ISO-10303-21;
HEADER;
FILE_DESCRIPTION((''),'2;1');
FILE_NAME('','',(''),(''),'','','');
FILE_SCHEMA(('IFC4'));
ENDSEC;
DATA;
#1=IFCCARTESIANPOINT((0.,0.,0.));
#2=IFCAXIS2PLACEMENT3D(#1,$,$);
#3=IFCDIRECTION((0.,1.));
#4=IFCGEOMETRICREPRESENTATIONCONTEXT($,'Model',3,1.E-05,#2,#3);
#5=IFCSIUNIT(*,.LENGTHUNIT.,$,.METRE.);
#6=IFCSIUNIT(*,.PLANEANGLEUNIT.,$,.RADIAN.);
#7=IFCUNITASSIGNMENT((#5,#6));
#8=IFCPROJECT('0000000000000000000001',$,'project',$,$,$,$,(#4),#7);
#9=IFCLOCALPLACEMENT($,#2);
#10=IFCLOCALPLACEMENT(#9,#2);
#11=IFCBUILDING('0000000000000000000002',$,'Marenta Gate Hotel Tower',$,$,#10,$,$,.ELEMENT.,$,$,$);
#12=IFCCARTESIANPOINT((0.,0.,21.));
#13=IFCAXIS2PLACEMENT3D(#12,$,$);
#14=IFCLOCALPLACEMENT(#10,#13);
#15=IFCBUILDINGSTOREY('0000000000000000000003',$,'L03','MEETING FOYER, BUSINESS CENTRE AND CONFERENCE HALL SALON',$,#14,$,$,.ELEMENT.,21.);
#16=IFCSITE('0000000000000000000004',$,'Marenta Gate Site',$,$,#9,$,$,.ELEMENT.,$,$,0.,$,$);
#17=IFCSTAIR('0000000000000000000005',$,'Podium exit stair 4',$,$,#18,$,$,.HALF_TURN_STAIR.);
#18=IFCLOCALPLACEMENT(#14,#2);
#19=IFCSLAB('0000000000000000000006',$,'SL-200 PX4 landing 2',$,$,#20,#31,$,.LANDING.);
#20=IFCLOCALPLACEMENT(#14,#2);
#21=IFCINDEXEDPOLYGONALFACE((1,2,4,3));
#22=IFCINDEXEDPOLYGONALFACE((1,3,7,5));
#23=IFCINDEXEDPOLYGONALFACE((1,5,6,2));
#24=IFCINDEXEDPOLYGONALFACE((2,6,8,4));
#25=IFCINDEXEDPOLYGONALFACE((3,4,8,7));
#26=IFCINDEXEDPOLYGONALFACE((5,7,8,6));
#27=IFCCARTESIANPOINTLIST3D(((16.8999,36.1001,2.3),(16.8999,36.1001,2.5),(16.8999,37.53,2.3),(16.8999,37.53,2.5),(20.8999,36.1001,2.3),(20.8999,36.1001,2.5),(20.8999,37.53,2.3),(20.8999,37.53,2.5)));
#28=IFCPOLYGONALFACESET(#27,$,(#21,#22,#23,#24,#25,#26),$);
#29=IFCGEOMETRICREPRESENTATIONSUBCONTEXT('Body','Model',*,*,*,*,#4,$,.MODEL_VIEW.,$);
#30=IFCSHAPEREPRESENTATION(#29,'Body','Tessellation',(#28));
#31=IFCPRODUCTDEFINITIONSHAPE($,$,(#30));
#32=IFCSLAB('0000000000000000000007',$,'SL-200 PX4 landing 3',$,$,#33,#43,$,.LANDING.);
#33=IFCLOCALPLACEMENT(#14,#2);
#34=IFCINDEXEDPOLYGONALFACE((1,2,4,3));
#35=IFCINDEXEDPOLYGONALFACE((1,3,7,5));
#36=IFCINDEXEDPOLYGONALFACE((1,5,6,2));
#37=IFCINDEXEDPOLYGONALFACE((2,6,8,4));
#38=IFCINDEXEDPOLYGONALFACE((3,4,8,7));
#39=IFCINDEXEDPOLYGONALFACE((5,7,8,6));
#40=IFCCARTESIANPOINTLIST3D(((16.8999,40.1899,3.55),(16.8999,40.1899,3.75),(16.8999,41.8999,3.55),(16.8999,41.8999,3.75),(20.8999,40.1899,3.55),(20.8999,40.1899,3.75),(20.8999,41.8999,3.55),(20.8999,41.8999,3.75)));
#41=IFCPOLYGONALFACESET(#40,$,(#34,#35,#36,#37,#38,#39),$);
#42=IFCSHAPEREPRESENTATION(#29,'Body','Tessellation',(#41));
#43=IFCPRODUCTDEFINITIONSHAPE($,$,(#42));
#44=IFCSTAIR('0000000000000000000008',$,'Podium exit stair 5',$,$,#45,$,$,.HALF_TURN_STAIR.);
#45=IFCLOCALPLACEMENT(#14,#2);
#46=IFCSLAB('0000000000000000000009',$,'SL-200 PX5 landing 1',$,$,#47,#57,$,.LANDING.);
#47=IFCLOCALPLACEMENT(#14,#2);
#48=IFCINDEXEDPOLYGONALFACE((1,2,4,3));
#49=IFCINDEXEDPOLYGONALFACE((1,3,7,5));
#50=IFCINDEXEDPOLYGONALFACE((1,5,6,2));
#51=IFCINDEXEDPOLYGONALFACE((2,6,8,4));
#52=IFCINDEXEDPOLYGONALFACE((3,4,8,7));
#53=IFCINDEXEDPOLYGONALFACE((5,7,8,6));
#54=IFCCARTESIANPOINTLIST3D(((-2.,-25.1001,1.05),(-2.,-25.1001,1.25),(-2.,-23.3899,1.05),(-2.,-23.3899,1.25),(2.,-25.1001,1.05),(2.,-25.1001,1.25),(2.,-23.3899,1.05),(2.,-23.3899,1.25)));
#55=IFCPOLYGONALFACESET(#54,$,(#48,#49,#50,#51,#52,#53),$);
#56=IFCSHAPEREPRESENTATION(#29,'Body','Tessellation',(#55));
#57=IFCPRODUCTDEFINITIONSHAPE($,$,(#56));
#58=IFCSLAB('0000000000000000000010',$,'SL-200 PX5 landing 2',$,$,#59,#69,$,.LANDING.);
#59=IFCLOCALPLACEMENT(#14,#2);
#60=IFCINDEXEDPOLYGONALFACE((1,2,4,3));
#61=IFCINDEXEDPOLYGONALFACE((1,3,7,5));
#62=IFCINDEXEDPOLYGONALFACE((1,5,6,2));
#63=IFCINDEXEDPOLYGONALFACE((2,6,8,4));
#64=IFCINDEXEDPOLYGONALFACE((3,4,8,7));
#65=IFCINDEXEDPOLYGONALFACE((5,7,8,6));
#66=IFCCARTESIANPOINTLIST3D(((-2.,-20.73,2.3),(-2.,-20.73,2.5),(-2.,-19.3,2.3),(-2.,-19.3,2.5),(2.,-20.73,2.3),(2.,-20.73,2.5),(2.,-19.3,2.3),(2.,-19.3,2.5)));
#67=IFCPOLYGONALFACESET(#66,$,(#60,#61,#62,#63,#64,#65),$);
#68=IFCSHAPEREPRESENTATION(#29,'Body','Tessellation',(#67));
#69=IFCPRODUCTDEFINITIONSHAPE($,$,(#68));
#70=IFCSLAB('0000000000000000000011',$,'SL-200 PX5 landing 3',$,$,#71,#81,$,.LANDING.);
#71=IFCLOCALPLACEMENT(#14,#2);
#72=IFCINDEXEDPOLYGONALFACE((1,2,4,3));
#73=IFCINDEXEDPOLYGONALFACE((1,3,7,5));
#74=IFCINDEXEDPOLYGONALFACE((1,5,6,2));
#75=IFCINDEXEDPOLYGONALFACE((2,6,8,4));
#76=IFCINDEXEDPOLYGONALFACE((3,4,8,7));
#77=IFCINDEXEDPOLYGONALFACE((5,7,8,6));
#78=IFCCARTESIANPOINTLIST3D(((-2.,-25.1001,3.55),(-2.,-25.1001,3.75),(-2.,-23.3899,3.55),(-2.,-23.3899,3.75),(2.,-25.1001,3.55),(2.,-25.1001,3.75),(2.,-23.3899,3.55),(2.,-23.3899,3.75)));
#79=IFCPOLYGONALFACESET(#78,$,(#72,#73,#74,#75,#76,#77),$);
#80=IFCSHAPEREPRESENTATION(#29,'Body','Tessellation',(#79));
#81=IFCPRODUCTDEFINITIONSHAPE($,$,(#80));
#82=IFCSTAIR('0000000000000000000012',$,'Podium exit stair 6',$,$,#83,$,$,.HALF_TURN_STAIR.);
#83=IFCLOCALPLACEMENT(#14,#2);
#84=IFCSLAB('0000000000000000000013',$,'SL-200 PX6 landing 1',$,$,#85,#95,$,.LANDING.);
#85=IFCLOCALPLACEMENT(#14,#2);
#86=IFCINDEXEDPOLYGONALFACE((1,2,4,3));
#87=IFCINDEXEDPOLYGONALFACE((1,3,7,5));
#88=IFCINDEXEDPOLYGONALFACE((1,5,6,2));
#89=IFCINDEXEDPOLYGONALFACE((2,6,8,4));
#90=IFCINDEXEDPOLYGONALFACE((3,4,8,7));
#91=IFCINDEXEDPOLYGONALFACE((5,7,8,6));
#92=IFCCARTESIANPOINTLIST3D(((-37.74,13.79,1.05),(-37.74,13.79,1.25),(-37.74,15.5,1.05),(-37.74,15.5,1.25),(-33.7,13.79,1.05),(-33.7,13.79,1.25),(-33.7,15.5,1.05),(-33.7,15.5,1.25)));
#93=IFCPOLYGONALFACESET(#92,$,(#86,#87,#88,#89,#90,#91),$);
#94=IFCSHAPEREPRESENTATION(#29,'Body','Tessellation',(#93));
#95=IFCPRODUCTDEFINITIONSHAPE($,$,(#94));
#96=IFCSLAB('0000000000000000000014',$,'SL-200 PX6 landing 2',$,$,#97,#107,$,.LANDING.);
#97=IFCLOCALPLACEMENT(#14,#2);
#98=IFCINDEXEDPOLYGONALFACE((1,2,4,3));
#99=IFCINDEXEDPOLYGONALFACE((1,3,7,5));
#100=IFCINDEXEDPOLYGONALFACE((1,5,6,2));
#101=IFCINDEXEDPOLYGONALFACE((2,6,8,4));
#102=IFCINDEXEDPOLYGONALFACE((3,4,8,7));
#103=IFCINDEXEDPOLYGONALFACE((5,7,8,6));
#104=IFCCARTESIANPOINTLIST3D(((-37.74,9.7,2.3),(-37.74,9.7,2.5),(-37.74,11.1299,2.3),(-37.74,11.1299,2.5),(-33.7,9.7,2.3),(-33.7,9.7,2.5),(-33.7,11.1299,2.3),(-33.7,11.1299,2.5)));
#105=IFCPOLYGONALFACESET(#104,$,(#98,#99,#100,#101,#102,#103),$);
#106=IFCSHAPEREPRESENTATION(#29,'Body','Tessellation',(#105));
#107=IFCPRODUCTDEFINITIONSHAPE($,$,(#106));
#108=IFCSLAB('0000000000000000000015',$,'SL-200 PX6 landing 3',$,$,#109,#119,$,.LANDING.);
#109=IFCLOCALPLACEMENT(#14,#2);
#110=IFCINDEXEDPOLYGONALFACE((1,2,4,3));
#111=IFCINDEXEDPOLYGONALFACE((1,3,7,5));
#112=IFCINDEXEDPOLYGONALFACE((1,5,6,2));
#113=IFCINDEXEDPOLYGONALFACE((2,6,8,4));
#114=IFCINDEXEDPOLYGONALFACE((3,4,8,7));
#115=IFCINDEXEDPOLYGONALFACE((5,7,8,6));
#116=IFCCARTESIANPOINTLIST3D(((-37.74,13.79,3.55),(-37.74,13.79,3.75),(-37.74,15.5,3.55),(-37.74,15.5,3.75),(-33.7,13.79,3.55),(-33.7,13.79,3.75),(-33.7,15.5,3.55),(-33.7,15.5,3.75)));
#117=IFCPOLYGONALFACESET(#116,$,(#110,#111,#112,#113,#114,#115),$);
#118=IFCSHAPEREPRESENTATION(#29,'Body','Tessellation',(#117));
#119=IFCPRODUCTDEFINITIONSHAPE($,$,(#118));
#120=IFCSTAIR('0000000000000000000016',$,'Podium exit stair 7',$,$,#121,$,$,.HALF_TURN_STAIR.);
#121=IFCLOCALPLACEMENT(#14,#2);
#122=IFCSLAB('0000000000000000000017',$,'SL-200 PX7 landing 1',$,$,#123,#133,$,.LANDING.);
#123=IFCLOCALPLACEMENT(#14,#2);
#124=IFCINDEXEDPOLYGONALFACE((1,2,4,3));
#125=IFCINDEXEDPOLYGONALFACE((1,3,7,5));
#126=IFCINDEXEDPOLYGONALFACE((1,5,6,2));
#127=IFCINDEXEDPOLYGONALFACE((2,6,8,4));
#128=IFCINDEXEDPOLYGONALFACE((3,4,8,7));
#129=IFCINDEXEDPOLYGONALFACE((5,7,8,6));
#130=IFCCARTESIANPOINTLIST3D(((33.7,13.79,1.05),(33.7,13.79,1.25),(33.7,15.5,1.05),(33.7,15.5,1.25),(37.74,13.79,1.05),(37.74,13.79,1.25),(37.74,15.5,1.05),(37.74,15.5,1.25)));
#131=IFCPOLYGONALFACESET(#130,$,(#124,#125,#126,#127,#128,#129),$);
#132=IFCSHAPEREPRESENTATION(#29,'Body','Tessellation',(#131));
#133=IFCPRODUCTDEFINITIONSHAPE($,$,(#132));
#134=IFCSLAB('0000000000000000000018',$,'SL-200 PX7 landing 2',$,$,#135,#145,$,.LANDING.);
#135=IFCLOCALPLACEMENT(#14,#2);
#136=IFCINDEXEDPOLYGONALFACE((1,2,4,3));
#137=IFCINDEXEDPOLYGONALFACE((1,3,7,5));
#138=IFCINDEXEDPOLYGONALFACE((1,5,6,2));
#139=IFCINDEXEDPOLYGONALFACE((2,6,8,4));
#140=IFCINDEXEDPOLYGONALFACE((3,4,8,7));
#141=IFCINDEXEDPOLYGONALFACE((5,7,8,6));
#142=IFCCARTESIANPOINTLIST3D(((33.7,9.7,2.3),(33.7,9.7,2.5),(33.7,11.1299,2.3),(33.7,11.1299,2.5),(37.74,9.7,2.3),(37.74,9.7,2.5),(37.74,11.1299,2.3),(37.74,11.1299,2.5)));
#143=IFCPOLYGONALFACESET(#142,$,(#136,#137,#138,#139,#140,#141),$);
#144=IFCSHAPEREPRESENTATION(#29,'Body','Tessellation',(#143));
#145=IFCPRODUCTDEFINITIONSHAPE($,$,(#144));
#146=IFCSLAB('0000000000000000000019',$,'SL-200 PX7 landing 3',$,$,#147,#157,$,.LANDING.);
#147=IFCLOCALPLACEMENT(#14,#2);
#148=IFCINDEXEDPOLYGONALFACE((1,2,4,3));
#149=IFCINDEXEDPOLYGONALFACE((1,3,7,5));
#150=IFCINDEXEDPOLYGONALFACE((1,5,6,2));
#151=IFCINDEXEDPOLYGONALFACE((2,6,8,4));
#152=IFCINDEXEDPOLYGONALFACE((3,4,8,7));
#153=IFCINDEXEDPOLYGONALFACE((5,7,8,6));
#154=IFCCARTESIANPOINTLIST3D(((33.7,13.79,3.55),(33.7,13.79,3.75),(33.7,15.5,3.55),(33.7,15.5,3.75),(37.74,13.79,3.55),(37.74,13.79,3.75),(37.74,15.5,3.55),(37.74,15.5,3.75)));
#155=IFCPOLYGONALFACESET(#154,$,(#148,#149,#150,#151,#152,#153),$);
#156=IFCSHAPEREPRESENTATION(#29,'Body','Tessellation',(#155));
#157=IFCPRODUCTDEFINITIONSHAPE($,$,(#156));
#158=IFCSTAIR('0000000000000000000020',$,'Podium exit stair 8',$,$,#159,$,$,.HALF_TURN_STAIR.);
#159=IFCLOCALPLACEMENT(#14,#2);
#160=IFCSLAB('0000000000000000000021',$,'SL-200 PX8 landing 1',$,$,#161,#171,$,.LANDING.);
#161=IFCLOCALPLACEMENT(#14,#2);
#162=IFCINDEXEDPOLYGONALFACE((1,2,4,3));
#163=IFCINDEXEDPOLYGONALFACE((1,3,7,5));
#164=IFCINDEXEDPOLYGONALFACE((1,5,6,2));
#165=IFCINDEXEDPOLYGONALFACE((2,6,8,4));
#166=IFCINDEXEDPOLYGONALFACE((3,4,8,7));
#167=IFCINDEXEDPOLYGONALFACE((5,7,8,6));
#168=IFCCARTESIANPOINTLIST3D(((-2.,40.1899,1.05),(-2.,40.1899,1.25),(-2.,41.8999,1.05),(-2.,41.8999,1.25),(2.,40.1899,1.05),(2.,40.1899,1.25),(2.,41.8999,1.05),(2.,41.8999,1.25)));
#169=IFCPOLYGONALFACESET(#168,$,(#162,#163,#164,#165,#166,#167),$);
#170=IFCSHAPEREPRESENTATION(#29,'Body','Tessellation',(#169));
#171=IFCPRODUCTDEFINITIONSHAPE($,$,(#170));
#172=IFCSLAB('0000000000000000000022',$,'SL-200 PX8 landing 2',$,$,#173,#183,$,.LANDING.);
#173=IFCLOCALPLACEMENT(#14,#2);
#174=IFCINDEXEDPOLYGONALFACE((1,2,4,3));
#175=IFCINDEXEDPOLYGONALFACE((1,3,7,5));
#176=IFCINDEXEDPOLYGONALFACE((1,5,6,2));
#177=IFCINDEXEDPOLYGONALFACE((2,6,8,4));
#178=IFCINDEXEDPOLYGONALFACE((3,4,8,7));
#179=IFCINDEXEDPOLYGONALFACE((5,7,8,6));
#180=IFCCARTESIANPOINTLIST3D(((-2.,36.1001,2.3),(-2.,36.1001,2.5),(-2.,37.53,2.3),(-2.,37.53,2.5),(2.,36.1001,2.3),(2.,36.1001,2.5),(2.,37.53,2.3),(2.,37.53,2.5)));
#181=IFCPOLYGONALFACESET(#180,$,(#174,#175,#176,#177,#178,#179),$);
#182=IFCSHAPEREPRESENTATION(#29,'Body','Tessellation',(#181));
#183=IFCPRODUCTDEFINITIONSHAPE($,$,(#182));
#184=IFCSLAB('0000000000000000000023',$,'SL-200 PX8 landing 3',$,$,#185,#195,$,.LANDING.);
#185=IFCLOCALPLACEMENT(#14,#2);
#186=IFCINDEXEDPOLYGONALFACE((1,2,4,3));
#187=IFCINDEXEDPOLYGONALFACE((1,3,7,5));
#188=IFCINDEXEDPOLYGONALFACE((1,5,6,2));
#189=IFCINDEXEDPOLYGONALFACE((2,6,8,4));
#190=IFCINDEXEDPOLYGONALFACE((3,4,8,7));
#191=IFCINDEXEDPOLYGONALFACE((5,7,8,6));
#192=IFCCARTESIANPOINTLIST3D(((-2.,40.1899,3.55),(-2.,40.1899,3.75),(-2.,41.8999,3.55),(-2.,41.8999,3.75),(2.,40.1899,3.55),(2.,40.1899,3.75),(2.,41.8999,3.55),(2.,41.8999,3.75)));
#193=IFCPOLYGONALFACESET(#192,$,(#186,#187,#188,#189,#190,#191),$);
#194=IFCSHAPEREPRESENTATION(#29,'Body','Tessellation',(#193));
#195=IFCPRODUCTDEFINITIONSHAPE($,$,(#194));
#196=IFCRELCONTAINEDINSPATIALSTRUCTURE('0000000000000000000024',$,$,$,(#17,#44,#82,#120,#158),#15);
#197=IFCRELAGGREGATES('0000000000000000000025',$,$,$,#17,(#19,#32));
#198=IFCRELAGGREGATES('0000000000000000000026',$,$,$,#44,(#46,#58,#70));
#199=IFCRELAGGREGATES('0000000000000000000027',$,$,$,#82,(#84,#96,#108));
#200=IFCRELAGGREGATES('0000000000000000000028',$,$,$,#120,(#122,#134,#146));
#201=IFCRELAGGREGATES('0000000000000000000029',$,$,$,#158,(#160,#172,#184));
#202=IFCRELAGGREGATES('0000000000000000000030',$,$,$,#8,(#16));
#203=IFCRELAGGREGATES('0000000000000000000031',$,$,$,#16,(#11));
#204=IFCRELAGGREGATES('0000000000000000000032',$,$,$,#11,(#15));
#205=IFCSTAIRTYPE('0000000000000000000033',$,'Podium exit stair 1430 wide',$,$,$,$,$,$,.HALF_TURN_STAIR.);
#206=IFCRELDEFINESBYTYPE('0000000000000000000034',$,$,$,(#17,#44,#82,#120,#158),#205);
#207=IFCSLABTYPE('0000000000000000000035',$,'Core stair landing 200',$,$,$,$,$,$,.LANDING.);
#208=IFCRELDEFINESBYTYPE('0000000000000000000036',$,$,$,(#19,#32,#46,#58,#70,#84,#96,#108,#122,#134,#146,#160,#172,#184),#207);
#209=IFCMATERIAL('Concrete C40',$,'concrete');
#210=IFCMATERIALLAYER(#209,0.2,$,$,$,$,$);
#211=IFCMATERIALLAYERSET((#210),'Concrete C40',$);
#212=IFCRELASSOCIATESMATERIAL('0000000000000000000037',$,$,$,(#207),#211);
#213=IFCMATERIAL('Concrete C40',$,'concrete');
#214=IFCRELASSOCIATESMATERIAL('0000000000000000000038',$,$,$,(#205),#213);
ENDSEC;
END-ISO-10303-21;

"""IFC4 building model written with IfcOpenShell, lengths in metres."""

from ifc_helpers import new_model, si_unit, direction, frame, origin, place, context, subcontext, project, spatial, polyline, outline, extrude, material, layer, layer_set, type_object, element, aggregate, save


model = new_model("IFC4")

# Units and contexts
model_context = context("Model", 3, precision=1e-05, world=origin(), true_north=direction((0.0, 1.0)))
body_context = subcontext(model_context, "Body", "Model", "MODEL_VIEW")
ifc_project = project(units=[si_unit("LENGTHUNIT", "METRE"), si_unit("PLANEANGLEUNIT", "RADIAN")], contexts=[model_context])

# Site, building, storey
site_placement = place(None, origin())
site = spatial("IfcSite", under=ifc_project, at=site_placement, Name="Marenta Gate Site", CompositionType="ELEMENT", RefElevation=0.0)
building_placement = place(site_placement, origin())
building = spatial("IfcBuilding", under=site, at=building_placement, Name="Marenta Gate Hotel Tower", CompositionType="ELEMENT")
storey_placement = place(building_placement, frame((0.0, 0.0, 21.0)))
storey = spatial("IfcBuildingStorey", under=building, at=storey_placement, Name="L03", Description="MEETING FOYER, BUSINESS CENTRE AND CONFERENCE HALL SALON", CompositionType="ELEMENT", Elevation=21.0)

# Stairs, slabs
ifc_material_1 = material(Name="Concrete C40", Category="concrete")
ifc_layer_1 = layer(ifc_material_1, 0.2)
ifc_layer_set_1 = layer_set([ifc_layer_1], Name="Concrete C40")
slab_type = type_object("IfcSlabType", Name="Core stair landing 200", PredefinedType="LANDING", material=ifc_layer_set_1)
ifc_material_2 = material(Name="Concrete C40", Category="concrete")
stair_type_1 = type_object("IfcStairType", Name="Podium exit stair 1430 wide", PredefinedType="HALF_TURN_STAIR", material=ifc_material_2)
stair_1_placement = place(storey_placement, origin())
stair_1 = element("IfcStair", 1, at=stair_1_placement, inside=storey, type_object=stair_type_1, Name="Podium exit stair 4", PredefinedType="HALF_TURN_STAIR")
slab_1_placement = place(storey_placement, frame((0.0, 0.0, 2.3)))
slab_1 = element("IfcSlab", 2, at=slab_1_placement, type_object=slab_type, Name="SL-200 PX4 landing 2", PredefinedType="LANDING", context=body_context, shape_type="SweptSolid", body=[
    extrude(outline(polyline([(16.8999, 36.1001), (20.8999, 36.1001), (20.8999, 37.53), (16.8999, 37.53), (16.8999, 36.1001)])), origin(), (0.0, 0.0, 1.0), 0.2),
])
slab_2_placement = place(storey_placement, frame((0.0, 0.0, 3.55)))
slab_2 = element("IfcSlab", 3, at=slab_2_placement, type_object=slab_type, Name="SL-200 PX4 landing 3", PredefinedType="LANDING", context=body_context, shape_type="SweptSolid", body=[
    extrude(outline(polyline([(16.8999, 40.1899), (20.8999, 40.1899), (20.8999, 41.8999), (16.8999, 41.8999), (16.8999, 40.1899)])), origin(), (0.0, 0.0, 1.0), 0.2),
])
aggregate(stair_1, [slab_1, slab_2])
stair_2_placement = place(storey_placement, origin())
stair_2 = element("IfcStair", 4, at=stair_2_placement, inside=storey, type_object=stair_type_1, Name="Podium exit stair 5", PredefinedType="HALF_TURN_STAIR")
slab_3_placement = place(storey_placement, frame((0.0, 0.0, 1.05)))
slab_3 = element("IfcSlab", 5, at=slab_3_placement, type_object=slab_type, Name="SL-200 PX5 landing 1", PredefinedType="LANDING", context=body_context, shape_type="SweptSolid", body=[
    extrude(outline(polyline([(-2.0, -25.1001), (2.0, -25.1001), (2.0, -23.3899), (-2.0, -23.3899), (-2.0, -25.1001)])), origin(), (0.0, 0.0, 1.0), 0.2),
])
slab_4_placement = place(storey_placement, frame((0.0, 0.0, 2.3)))
slab_4 = element("IfcSlab", 6, at=slab_4_placement, type_object=slab_type, Name="SL-200 PX5 landing 2", PredefinedType="LANDING", context=body_context, shape_type="SweptSolid", body=[
    extrude(outline(polyline([(-2.0, -20.73), (2.0, -20.73), (2.0, -19.3), (-2.0, -19.3), (-2.0, -20.73)])), origin(), (0.0, 0.0, 1.0), 0.2),
])
slab_5_placement = place(storey_placement, frame((0.0, 0.0, 3.55)))
slab_5 = element("IfcSlab", 7, at=slab_5_placement, type_object=slab_type, Name="SL-200 PX5 landing 3", PredefinedType="LANDING", context=body_context, shape_type="SweptSolid", body=[
    extrude(outline(polyline([(-2.0, -25.1001), (2.0, -25.1001), (2.0, -23.3899), (-2.0, -23.3899), (-2.0, -25.1001)])), origin(), (0.0, 0.0, 1.0), 0.2),
])
aggregate(stair_2, [slab_3, slab_4, slab_5])
stair_3_placement = place(storey_placement, origin())
stair_3 = element("IfcStair", 8, at=stair_3_placement, inside=storey, type_object=stair_type_1, Name="Podium exit stair 6", PredefinedType="HALF_TURN_STAIR")
slab_6_placement = place(storey_placement, frame((0.0, 0.0, 1.05)))
slab_6 = element("IfcSlab", 9, at=slab_6_placement, type_object=slab_type, Name="SL-200 PX6 landing 1", PredefinedType="LANDING", context=body_context, shape_type="SweptSolid", body=[
    extrude(outline(polyline([(-37.74, 13.79), (-33.7, 13.79), (-33.7, 15.5), (-37.74, 15.5), (-37.74, 13.79)])), origin(), (0.0, 0.0, 1.0), 0.2),
])
slab_7_placement = place(storey_placement, frame((0.0, 0.0, 2.3)))
slab_7 = element("IfcSlab", 10, at=slab_7_placement, type_object=slab_type, Name="SL-200 PX6 landing 2", PredefinedType="LANDING", context=body_context, shape_type="SweptSolid", body=[
    extrude(outline(polyline([(-37.74, 9.7), (-33.7, 9.7), (-33.7, 11.1299), (-37.74, 11.1299), (-37.74, 9.7)])), origin(), (0.0, 0.0, 1.0), 0.2),
])
slab_8_placement = place(storey_placement, frame((0.0, 0.0, 3.55)))
slab_8 = element("IfcSlab", 11, at=slab_8_placement, type_object=slab_type, Name="SL-200 PX6 landing 3", PredefinedType="LANDING", context=body_context, shape_type="SweptSolid", body=[
    extrude(outline(polyline([(-37.74, 13.79), (-33.7, 13.79), (-33.7, 15.5), (-37.74, 15.5), (-37.74, 13.79)])), origin(), (0.0, 0.0, 1.0), 0.2),
])
aggregate(stair_3, [slab_6, slab_7, slab_8])
stair_4_placement = place(storey_placement, origin())
stair_4 = element("IfcStair", 12, at=stair_4_placement, inside=storey, type_object=stair_type_1, Name="Podium exit stair 7", PredefinedType="HALF_TURN_STAIR")
slab_9_placement = place(storey_placement, frame((0.0, 0.0, 1.05)))
slab_9 = element("IfcSlab", 13, at=slab_9_placement, type_object=slab_type, Name="SL-200 PX7 landing 1", PredefinedType="LANDING", context=body_context, shape_type="SweptSolid", body=[
    extrude(outline(polyline([(33.7, 13.79), (37.74, 13.79), (37.74, 15.5), (33.7, 15.5), (33.7, 13.79)])), origin(), (0.0, 0.0, 1.0), 0.2),
])
slab_10_placement = place(storey_placement, frame((0.0, 0.0, 2.3)))
slab_10 = element("IfcSlab", 14, at=slab_10_placement, type_object=slab_type, Name="SL-200 PX7 landing 2", PredefinedType="LANDING", context=body_context, shape_type="SweptSolid", body=[
    extrude(outline(polyline([(33.7, 9.7), (37.74, 9.7), (37.74, 11.1299), (33.7, 11.1299), (33.7, 9.7)])), origin(), (0.0, 0.0, 1.0), 0.2),
])
slab_11_placement = place(storey_placement, frame((0.0, 0.0, 3.55)))
slab_11 = element("IfcSlab", 15, at=slab_11_placement, type_object=slab_type, Name="SL-200 PX7 landing 3", PredefinedType="LANDING", context=body_context, shape_type="SweptSolid", body=[
    extrude(outline(polyline([(33.7, 13.79), (37.74, 13.79), (37.74, 15.5), (33.7, 15.5), (33.7, 13.79)])), origin(), (0.0, 0.0, 1.0), 0.2),
])
aggregate(stair_4, [slab_9, slab_10, slab_11])
stair_5_placement = place(storey_placement, origin())
stair_5 = element("IfcStair", 16, at=stair_5_placement, inside=storey, type_object=stair_type_1, Name="Podium exit stair 8", PredefinedType="HALF_TURN_STAIR")
slab_12_placement = place(storey_placement, frame((0.0, 0.0, 1.05)))
slab_12 = element("IfcSlab", 17, at=slab_12_placement, type_object=slab_type, Name="SL-200 PX8 landing 1", PredefinedType="LANDING", context=body_context, shape_type="SweptSolid", body=[
    extrude(outline(polyline([(-2.0, 40.1899), (2.0, 40.1899), (2.0, 41.8999), (-2.0, 41.8999), (-2.0, 40.1899)])), origin(), (0.0, 0.0, 1.0), 0.2),
])
slab_13_placement = place(storey_placement, frame((0.0, 0.0, 2.3)))
slab_13 = element("IfcSlab", 18, at=slab_13_placement, type_object=slab_type, Name="SL-200 PX8 landing 2", PredefinedType="LANDING", context=body_context, shape_type="SweptSolid", body=[
    extrude(outline(polyline([(-2.0, 36.1001), (2.0, 36.1001), (2.0, 37.53), (-2.0, 37.53), (-2.0, 36.1001)])), origin(), (0.0, 0.0, 1.0), 0.2),
])
slab_14_placement = place(storey_placement, frame((0.0, 0.0, 3.55)))
slab_14 = element("IfcSlab", 19, at=slab_14_placement, type_object=slab_type, Name="SL-200 PX8 landing 3", PredefinedType="LANDING", context=body_context, shape_type="SweptSolid", body=[
    extrude(outline(polyline([(-2.0, 40.1899), (2.0, 40.1899), (2.0, 41.8999), (-2.0, 41.8999), (-2.0, 40.1899)])), origin(), (0.0, 0.0, 1.0), 0.2),
])
aggregate(stair_5, [slab_12, slab_13, slab_14])

save(model, "model.ifc")
